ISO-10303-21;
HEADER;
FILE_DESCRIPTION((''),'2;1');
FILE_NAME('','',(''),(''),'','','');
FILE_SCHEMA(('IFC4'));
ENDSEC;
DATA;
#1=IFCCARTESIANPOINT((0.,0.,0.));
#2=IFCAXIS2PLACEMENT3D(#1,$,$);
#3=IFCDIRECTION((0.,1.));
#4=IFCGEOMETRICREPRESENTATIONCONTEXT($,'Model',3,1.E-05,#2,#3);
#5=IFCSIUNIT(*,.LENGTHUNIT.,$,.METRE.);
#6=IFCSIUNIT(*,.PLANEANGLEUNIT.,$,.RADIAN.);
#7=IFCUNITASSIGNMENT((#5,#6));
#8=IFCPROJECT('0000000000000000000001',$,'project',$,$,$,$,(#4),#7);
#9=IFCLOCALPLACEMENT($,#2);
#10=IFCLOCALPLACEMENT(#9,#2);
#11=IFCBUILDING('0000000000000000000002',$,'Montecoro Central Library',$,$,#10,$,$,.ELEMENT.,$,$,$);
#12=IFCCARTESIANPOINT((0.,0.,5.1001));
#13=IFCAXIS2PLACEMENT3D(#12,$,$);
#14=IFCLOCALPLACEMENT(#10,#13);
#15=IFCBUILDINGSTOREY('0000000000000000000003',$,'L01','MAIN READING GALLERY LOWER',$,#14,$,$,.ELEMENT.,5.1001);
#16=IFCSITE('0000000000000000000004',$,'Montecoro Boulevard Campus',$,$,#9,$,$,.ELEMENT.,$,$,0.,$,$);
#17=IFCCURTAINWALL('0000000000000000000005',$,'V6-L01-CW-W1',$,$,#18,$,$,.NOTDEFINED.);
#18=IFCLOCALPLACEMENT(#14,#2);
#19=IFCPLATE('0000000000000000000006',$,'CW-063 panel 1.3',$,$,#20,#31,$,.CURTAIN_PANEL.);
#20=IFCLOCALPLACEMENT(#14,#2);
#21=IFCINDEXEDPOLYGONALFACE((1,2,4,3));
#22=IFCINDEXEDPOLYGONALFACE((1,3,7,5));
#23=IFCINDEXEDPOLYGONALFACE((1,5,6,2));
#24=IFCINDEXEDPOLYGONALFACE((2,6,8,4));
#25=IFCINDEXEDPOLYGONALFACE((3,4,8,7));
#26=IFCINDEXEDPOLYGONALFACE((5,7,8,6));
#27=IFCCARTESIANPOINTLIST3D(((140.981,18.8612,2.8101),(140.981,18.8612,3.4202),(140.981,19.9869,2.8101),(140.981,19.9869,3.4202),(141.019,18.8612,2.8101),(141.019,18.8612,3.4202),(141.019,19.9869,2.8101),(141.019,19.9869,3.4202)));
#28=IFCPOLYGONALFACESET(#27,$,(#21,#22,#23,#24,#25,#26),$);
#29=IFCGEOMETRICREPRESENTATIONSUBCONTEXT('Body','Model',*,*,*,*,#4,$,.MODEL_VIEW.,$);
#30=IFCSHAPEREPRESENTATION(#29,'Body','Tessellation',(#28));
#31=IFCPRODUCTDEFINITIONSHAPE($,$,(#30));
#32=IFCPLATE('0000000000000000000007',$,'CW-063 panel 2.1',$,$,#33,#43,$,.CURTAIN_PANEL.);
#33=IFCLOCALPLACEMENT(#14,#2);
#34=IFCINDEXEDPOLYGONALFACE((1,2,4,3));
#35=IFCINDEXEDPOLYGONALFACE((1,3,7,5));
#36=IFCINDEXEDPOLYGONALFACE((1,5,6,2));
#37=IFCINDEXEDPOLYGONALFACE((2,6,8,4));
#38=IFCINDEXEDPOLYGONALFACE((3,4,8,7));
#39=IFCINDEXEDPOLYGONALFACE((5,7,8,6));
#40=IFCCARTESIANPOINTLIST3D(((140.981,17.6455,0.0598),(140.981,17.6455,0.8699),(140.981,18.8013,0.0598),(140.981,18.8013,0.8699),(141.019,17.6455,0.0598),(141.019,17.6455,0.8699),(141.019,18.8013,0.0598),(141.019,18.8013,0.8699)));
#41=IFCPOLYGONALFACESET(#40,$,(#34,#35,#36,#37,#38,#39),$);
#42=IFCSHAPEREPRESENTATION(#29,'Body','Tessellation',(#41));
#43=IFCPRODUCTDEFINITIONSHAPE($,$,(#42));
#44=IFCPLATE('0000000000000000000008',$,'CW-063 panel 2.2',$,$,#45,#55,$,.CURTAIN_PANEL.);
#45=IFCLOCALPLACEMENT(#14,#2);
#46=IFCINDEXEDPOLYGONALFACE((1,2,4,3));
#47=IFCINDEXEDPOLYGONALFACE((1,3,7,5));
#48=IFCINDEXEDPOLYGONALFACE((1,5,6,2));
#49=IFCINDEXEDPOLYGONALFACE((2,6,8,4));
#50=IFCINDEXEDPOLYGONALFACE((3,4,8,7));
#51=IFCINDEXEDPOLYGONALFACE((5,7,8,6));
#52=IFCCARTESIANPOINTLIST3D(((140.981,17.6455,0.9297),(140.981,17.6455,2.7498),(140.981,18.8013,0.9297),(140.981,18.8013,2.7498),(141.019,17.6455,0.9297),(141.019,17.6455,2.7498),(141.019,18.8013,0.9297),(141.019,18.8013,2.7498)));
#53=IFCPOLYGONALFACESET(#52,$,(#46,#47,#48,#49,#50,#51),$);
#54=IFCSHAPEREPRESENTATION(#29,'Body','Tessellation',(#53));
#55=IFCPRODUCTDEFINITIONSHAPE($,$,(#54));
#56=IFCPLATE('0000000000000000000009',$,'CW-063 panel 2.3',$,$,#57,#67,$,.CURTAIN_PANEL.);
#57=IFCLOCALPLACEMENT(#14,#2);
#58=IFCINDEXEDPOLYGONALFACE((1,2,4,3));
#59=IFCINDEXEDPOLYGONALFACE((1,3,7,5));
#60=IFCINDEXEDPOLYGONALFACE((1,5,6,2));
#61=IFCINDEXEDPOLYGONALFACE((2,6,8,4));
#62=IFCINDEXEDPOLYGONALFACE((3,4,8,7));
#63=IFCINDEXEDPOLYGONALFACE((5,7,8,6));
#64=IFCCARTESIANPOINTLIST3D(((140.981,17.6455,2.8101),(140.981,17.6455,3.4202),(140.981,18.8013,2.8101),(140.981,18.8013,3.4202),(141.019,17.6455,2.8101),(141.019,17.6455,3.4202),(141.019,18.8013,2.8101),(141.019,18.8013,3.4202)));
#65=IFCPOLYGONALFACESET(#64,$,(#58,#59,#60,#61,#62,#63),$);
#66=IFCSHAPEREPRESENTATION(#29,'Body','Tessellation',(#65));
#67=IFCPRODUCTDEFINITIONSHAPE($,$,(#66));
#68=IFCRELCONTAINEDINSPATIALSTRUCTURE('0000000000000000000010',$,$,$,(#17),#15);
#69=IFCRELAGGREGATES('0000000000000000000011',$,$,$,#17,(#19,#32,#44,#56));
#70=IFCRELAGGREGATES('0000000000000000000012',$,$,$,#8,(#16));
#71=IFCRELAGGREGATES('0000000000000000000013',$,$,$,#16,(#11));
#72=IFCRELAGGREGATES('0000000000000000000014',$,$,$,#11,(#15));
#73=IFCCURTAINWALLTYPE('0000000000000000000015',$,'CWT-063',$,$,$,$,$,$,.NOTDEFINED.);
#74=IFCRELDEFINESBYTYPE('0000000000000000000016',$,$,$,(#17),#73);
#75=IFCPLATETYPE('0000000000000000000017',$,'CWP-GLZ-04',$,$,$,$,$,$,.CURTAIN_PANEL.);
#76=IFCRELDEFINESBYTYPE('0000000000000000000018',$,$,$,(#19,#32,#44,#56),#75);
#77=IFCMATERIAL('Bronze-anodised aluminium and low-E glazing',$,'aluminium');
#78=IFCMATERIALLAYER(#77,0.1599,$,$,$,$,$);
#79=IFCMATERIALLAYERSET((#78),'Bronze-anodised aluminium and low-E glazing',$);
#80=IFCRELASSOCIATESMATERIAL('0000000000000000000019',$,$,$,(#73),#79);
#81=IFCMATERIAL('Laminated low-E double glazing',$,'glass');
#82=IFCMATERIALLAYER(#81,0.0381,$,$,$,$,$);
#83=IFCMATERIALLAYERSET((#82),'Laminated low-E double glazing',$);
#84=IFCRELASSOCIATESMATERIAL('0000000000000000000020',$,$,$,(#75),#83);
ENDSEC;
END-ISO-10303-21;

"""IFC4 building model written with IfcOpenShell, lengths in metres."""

from ifc_helpers import new_model, si_unit, direction, frame, origin, origin_2d, place, context, subcontext, project, spatial, rectangle, extrude, material, layer, layer_set, type_object, element, aggregate, save


model = new_model("IFC4")

# Units and contexts
model_context = context("Model", 3, precision=1e-05, world=origin(), true_north=direction((0.0, 1.0)))
body_context = subcontext(model_context, "Body", "Model", "MODEL_VIEW")
ifc_project = project(units=[si_unit("LENGTHUNIT", "METRE"), si_unit("PLANEANGLEUNIT", "RADIAN")], contexts=[model_context])

# Site, building, storey
site_placement = place(None, origin())
site = spatial("IfcSite", under=ifc_project, at=site_placement, Name="Montecoro Boulevard Campus", CompositionType="ELEMENT", RefElevation=0.0)
building_placement = place(site_placement, origin())
building = spatial("IfcBuilding", under=site, at=building_placement, Name="Montecoro Central Library", CompositionType="ELEMENT")
storey_placement = place(building_placement, frame((0.0, 0.0, 5.1001)))
storey = spatial("IfcBuildingStorey", under=building, at=storey_placement, Name="L01", Description="MAIN READING GALLERY LOWER", CompositionType="ELEMENT", Elevation=5.1001)

# Curtain wall, plates
ifc_material_1 = material(Name="Bronze-anodised aluminium and low-E glazing", Category="aluminium")
ifc_layer_1 = layer(ifc_material_1, 0.1599)
ifc_layer_set_1 = layer_set([ifc_layer_1], Name="Bronze-anodised aluminium and low-E glazing")
curtain_wall_type = type_object("IfcCurtainWallType", Name="CWT-063", PredefinedType="NOTDEFINED", material=ifc_layer_set_1)
curtain_wall_placement = place(storey_placement, origin())
curtain_wall = element("IfcCurtainWall", 1, at=curtain_wall_placement, inside=storey, type_object=curtain_wall_type, Name="V6-L01-CW-W1", PredefinedType="NOTDEFINED")
ifc_material_2 = material(Name="Laminated low-E double glazing", Category="glass")
ifc_layer_2 = layer(ifc_material_2, 0.0381)
ifc_layer_set_2 = layer_set([ifc_layer_2], Name="Laminated low-E double glazing")
plate_type = type_object("IfcPlateType", Name="CWP-GLZ-04", PredefinedType="CURTAIN_PANEL", material=ifc_layer_set_2)
plate_1_placement = place(storey_placement, frame((141.0, 19.4241, 2.8101), z_axis=(0.0, 0.0, 1.0), x_axis=(0.0, -1.0, 0.0)))
plate_1 = element("IfcPlate", 2, at=plate_1_placement, type_object=plate_type, Name="CW-063 panel 1.3", PredefinedType="CURTAIN_PANEL", context=body_context, shape_type="SweptSolid", body=[
    extrude(rectangle(XDim=1.1257, YDim=0.0381, at=origin_2d()), origin(), (0.0, 0.0, 1.0), 0.6101),
])
plate_2_placement = place(storey_placement, frame((141.0, 18.2234, 0.0598), z_axis=(0.0, 0.0, 1.0), x_axis=(0.0, -1.0, 0.0)))
plate_2 = element("IfcPlate", 3, at=plate_2_placement, type_object=plate_type, Name="CW-063 panel 2.1", PredefinedType="CURTAIN_PANEL", context=body_context, shape_type="SweptSolid", body=[
    extrude(rectangle(XDim=1.1558, YDim=0.0381, at=origin_2d()), origin(), (0.0, 0.0, 1.0), 0.8101),
])
plate_3_placement = place(storey_placement, frame((141.0, 18.2234, 0.9297), z_axis=(0.0, 0.0, 1.0), x_axis=(0.0, -1.0, 0.0)))
plate_3 = element("IfcPlate", 4, at=plate_3_placement, type_object=plate_type, Name="CW-063 panel 2.2", PredefinedType="CURTAIN_PANEL", context=body_context, shape_type="SweptSolid", body=[
    extrude(rectangle(XDim=1.1558, YDim=0.0381, at=origin_2d()), origin(), (0.0, 0.0, 1.0), 1.8201),
])
plate_4_placement = place(storey_placement, frame((141.0, 18.2234, 2.8101), z_axis=(0.0, 0.0, 1.0), x_axis=(0.0, -1.0, 0.0)))
plate_4 = element("IfcPlate", 5, at=plate_4_placement, type_object=plate_type, Name="CW-063 panel 2.3", PredefinedType="CURTAIN_PANEL", context=body_context, shape_type="SweptSolid", body=[
    extrude(rectangle(XDim=1.1558, YDim=0.0381, at=origin_2d()), origin(), (0.0, 0.0, 1.0), 0.6101),
])
aggregate(curtain_wall, [plate_1, plate_2, plate_3, plate_4])

save(model, "model.ifc")
